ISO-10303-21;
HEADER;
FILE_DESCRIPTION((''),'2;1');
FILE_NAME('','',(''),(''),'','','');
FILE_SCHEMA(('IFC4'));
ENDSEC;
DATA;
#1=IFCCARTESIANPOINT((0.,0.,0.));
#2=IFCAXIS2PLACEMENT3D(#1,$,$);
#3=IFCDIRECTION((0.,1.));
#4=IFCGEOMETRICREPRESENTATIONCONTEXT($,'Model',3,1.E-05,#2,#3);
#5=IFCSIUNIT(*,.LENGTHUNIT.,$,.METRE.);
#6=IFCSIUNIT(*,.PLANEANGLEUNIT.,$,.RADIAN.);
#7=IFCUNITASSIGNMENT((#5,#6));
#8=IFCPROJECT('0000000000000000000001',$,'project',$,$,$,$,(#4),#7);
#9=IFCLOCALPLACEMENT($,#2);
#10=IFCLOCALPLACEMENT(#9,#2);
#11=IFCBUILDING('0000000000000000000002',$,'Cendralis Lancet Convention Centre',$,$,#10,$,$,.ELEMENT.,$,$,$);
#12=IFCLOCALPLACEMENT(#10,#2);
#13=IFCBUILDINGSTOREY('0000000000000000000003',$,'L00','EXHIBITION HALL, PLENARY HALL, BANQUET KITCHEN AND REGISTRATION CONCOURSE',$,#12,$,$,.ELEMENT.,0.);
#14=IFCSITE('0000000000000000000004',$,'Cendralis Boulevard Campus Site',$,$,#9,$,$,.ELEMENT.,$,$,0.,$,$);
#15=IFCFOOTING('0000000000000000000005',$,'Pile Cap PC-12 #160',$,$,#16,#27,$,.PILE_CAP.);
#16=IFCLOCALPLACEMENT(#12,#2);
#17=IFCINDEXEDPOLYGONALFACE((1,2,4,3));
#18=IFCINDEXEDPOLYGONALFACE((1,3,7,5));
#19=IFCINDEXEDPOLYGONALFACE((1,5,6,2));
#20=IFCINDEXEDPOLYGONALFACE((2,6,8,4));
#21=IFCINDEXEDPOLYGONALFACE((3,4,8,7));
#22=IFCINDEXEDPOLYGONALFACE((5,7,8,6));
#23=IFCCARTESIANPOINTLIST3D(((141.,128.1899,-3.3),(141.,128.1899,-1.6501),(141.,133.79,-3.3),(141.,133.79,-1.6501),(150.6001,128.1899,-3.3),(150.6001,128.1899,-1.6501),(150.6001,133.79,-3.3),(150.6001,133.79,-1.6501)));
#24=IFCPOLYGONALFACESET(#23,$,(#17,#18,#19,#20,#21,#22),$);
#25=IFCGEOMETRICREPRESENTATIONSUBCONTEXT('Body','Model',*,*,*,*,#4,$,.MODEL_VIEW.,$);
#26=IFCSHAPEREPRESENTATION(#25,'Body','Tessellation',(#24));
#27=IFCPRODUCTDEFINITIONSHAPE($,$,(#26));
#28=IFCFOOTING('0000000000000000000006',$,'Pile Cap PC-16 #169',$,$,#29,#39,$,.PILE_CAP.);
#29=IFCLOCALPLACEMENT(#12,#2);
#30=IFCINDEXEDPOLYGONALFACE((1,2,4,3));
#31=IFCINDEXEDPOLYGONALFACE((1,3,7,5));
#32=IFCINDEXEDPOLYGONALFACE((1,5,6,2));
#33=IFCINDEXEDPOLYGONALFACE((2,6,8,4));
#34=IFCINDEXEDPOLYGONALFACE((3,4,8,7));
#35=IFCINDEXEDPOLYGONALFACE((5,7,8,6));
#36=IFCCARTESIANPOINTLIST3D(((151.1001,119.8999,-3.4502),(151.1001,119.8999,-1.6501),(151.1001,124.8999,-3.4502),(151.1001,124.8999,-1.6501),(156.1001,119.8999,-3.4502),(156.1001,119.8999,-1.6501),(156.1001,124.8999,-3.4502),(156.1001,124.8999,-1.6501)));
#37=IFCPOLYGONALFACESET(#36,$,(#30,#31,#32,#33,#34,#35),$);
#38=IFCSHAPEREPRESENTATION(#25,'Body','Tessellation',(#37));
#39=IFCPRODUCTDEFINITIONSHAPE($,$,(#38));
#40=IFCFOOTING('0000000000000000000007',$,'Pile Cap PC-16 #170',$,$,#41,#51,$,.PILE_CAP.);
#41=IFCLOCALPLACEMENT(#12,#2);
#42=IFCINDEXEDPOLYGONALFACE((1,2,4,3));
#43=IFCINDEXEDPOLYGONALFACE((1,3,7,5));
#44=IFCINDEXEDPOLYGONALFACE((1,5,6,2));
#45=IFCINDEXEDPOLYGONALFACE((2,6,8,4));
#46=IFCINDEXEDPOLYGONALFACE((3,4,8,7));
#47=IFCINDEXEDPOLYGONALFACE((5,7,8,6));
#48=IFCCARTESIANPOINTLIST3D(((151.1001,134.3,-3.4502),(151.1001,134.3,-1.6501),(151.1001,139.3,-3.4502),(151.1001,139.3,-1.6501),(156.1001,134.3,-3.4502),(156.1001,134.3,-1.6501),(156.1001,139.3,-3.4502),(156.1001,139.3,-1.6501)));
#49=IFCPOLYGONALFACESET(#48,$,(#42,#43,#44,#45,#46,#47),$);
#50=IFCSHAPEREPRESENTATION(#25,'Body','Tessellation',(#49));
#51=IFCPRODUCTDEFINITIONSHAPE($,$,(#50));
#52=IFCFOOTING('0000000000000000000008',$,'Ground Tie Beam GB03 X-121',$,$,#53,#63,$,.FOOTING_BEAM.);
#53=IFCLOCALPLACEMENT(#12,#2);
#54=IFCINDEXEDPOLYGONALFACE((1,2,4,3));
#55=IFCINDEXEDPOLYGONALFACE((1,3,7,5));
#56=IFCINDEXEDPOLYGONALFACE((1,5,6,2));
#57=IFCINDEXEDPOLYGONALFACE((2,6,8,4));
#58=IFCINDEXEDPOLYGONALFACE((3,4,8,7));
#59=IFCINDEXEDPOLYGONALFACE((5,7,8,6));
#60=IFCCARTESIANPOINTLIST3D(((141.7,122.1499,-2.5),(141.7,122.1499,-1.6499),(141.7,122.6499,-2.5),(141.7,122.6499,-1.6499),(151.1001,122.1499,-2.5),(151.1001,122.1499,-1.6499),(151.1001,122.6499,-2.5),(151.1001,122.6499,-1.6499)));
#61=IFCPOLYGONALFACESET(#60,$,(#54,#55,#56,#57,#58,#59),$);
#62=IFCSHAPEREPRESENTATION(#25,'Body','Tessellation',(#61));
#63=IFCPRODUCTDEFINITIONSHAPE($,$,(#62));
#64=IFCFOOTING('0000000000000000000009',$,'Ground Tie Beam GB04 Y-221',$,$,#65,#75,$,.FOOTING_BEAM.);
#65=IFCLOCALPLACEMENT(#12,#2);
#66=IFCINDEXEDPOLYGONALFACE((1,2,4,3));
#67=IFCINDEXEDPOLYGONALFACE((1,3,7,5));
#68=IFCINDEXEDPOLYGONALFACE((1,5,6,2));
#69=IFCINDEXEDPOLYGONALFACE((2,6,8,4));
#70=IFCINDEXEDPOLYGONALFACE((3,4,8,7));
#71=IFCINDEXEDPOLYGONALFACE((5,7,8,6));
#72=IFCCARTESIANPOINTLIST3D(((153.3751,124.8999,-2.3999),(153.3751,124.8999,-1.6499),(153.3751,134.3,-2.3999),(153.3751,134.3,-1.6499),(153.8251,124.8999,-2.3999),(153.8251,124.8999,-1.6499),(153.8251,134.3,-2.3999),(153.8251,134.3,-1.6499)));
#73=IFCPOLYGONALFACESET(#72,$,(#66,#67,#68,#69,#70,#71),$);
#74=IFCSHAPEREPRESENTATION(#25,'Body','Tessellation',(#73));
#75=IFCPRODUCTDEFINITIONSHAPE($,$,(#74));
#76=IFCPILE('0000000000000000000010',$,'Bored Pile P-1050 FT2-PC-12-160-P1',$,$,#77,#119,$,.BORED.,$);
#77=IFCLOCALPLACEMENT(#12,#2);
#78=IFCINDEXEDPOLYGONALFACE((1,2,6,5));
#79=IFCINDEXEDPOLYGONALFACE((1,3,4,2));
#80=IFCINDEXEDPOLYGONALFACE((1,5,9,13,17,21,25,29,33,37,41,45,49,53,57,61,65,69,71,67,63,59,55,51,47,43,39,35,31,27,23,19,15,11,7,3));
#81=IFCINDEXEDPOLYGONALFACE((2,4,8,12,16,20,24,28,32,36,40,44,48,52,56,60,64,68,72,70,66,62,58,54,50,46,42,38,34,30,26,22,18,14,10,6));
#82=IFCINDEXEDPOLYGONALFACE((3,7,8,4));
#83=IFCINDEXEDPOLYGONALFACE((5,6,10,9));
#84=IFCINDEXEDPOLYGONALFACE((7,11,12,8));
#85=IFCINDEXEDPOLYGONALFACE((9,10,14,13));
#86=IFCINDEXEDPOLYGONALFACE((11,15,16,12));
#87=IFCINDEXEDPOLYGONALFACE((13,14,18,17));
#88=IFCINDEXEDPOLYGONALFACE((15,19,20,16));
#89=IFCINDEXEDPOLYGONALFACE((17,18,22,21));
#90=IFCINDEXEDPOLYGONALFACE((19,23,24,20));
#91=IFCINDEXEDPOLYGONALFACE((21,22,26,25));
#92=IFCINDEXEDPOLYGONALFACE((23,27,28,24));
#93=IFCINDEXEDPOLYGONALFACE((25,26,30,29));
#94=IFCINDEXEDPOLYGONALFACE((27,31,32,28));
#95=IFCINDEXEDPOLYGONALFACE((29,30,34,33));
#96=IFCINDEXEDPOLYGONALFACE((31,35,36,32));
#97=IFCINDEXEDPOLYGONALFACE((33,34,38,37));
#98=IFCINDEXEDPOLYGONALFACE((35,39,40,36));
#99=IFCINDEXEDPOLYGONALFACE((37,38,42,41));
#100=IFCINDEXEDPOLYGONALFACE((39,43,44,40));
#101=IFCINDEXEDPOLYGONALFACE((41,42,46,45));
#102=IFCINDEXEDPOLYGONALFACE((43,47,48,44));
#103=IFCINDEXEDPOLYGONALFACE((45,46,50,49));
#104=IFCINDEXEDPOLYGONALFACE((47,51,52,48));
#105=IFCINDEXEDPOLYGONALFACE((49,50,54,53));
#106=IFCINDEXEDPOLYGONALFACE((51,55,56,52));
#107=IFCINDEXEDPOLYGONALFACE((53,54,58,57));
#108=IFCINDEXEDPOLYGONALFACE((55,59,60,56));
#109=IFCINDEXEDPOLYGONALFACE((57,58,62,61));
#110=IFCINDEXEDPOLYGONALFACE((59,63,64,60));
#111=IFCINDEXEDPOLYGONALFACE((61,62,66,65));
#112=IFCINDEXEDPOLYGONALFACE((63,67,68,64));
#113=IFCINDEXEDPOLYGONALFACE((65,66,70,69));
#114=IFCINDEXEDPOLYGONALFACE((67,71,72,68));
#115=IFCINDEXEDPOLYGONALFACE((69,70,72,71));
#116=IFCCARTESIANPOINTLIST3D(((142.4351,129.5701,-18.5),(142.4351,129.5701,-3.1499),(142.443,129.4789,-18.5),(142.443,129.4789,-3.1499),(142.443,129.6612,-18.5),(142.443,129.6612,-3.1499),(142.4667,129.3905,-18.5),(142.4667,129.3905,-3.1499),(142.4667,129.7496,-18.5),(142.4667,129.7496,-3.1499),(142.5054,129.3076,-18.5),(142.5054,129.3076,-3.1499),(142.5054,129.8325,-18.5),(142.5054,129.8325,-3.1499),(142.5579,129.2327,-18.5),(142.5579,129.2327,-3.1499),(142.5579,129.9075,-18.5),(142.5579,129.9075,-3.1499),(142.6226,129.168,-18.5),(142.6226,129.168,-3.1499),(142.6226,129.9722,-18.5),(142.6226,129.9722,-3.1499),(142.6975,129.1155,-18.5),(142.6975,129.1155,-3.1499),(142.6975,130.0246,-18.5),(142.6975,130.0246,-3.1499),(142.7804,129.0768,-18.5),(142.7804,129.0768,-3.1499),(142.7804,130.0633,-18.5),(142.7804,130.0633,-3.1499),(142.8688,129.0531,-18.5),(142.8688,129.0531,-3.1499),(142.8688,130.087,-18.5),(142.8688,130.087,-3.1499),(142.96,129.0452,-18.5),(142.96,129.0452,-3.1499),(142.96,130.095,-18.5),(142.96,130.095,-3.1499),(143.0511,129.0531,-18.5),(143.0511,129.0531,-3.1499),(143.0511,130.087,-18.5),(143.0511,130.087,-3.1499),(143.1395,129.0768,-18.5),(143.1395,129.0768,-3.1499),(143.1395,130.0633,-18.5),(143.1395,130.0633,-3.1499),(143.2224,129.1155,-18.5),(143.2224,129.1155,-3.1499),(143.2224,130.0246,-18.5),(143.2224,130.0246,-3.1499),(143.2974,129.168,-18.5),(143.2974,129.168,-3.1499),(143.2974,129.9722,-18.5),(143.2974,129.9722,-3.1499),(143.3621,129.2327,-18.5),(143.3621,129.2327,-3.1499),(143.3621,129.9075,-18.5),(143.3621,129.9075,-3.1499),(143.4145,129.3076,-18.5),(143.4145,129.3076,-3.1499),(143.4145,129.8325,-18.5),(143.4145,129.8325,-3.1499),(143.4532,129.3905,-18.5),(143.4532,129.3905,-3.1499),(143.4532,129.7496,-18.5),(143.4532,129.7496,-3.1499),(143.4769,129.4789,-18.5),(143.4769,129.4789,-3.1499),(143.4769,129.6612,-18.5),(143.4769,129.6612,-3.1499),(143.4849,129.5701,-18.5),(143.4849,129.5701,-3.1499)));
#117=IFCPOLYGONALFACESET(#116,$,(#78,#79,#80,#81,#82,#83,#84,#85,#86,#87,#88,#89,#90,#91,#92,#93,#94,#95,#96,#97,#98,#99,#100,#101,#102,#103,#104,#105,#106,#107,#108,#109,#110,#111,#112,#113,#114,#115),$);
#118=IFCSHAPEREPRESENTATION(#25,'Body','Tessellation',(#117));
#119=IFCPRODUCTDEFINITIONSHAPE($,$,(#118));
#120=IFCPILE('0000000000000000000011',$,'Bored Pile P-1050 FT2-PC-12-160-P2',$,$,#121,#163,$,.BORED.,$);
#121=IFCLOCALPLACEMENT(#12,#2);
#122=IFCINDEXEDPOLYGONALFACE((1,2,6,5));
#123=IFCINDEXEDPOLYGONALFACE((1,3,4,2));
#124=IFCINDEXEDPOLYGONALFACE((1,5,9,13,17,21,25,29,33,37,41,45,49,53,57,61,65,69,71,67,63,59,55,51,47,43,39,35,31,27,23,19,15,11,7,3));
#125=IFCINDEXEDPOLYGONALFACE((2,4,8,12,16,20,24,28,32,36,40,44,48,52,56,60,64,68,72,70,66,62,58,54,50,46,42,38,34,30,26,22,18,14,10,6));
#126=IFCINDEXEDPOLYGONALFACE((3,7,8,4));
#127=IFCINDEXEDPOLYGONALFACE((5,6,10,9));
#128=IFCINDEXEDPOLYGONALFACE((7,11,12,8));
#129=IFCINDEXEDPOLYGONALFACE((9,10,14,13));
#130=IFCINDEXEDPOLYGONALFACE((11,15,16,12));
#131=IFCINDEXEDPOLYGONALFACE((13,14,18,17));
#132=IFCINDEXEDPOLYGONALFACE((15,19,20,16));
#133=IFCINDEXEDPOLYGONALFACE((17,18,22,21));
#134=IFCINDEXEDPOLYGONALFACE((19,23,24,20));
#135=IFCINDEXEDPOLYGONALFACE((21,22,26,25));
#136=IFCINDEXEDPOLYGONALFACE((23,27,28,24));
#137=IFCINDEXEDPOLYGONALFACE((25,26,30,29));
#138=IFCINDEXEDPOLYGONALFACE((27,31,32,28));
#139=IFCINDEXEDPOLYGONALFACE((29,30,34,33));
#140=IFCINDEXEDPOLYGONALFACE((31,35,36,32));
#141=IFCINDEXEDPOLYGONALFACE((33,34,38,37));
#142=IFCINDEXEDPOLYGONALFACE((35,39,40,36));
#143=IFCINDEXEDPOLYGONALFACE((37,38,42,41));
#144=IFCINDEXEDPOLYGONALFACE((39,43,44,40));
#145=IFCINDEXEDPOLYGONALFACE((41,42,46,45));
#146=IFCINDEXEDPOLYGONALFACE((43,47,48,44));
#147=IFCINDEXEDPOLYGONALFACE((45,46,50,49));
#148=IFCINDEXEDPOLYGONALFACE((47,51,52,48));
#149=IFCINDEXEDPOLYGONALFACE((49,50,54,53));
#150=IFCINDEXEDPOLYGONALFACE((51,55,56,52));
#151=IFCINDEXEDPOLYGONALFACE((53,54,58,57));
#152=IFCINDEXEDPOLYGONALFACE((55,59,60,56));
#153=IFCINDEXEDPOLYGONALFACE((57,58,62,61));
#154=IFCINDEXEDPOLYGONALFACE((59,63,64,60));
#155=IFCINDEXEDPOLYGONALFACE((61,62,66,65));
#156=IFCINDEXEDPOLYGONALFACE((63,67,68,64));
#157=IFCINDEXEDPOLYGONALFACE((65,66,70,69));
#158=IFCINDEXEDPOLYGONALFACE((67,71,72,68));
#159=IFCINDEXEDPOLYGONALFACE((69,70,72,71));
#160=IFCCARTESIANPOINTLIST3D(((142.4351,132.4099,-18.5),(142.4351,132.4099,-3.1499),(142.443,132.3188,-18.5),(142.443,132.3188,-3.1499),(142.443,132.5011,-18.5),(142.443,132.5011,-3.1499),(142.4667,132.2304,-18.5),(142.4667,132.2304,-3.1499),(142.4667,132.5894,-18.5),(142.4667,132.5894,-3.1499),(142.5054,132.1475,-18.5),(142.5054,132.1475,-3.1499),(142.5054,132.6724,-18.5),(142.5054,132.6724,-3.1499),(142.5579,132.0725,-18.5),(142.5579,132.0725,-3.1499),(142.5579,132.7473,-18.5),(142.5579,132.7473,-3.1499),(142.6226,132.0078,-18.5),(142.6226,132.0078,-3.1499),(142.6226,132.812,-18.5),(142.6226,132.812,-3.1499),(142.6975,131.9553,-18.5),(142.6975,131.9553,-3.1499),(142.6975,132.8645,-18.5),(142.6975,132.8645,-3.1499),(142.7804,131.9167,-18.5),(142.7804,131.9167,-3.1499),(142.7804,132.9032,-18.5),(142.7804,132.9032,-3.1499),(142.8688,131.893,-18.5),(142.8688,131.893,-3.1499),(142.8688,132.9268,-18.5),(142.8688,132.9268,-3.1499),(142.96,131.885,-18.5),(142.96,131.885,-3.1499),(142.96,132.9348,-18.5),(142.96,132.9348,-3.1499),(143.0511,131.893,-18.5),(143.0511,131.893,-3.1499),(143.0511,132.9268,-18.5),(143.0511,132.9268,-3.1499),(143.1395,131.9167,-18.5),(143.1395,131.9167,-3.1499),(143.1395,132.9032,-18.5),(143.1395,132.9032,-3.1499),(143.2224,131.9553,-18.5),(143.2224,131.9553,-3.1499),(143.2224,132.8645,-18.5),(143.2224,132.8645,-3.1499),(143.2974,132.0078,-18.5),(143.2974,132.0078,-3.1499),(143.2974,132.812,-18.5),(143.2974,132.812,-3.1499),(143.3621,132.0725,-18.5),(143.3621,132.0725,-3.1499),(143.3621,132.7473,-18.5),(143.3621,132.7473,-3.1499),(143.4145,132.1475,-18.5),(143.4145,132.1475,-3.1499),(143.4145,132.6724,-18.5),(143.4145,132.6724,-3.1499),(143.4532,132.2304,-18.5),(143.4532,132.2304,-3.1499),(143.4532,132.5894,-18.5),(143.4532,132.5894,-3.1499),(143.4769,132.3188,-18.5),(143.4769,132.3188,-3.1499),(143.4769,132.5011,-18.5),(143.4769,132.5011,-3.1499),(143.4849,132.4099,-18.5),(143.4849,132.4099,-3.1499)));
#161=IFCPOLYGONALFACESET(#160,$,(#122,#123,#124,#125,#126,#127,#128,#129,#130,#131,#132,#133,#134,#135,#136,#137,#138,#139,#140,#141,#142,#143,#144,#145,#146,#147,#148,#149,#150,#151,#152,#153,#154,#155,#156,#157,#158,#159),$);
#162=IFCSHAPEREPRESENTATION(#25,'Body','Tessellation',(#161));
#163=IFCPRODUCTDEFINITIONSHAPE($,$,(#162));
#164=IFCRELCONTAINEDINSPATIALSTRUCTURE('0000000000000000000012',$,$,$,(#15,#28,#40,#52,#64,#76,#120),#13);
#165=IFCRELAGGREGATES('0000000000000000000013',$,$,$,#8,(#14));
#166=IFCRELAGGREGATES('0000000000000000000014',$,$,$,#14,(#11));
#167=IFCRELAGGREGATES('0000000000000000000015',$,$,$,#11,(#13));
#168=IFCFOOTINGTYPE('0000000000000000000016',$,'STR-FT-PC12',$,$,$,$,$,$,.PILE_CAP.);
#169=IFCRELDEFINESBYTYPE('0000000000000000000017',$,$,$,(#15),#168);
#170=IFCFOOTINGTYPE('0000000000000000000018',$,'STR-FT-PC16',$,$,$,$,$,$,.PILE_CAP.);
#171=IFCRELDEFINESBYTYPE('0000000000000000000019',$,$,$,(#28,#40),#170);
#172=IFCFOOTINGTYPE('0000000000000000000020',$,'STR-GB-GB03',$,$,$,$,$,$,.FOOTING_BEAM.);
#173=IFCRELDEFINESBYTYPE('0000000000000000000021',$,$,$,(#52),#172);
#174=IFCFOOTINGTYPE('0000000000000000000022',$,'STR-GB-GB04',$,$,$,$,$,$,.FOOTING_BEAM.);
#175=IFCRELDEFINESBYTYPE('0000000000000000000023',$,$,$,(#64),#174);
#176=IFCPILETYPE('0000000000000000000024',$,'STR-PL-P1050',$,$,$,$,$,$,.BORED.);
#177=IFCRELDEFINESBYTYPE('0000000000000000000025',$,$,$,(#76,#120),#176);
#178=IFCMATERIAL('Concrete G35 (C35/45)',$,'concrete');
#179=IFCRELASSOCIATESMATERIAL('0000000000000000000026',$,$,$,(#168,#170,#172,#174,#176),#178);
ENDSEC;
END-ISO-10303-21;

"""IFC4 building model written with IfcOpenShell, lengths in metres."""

from ifc_helpers import new_model, si_unit, direction, frame, origin, origin_2d, place, context, subcontext, project, spatial, rectangle, circle, extrude, material, material_profile, profile_set, type_object, element, save


model = new_model("IFC4")

# Units and contexts
model_context = context("Model", 3, precision=1e-05, world=origin(), true_north=direction((0.0, 1.0)))
body_context = subcontext(model_context, "Body", "Model", "MODEL_VIEW")
ifc_project = project(units=[si_unit("LENGTHUNIT", "METRE"), si_unit("PLANEANGLEUNIT", "RADIAN")], contexts=[model_context])

# Site, building, storey
site_placement = place(None, origin())
site = spatial("IfcSite", under=ifc_project, at=site_placement, Name="Cendralis Boulevard Campus Site", CompositionType="ELEMENT", RefElevation=0.0)
building_placement = place(site_placement, origin())
building = spatial("IfcBuilding", under=site, at=building_placement, Name="Cendralis Lancet Convention Centre", CompositionType="ELEMENT")
storey_placement = place(building_placement, origin())
storey = spatial("IfcBuildingStorey", under=building, at=storey_placement, Name="L00", Description="EXHIBITION HALL, PLENARY HALL, BANQUET KITCHEN AND REGISTRATION CONCOURSE", CompositionType="ELEMENT", Elevation=0.0)

# Footings
ifc_material_1 = material(Name="Concrete G35 (C35/45)", Category="concrete")
footing_type_1 = type_object("IfcFootingType", Name="STR-FT-PC12", PredefinedType="PILE_CAP", material=ifc_material_1)
footing_1_placement = place(storey_placement, frame((145.8, 130.99, -3.3), z_axis=(0.0, 0.0, 1.0), x_axis=(1.0, 0.0, 0.0)))
element("IfcFooting", 1, at=footing_1_placement, inside=storey, type_object=footing_type_1, Name="Pile Cap PC-12 #160", PredefinedType="PILE_CAP", context=body_context, shape_type="SweptSolid", body=[
    extrude(rectangle(XDim=9.6001, YDim=5.6001, at=origin_2d()), origin(), (0.0, 0.0, 1.0), 1.6499),
])
footing_type_2 = type_object("IfcFootingType", Name="STR-FT-PC16", PredefinedType="PILE_CAP", material=ifc_material_1)
for number, where, z_axis, x_axis, name in (
    (2, (153.6001, 122.3999, -3.4502), (0.0, 0.0, 1.0), (1.0, 0.0, 0.0), "Pile Cap PC-16 #169"),
    (3, (153.6001, 136.8, -3.4502), (0.0, 0.0, 1.0), (1.0, 0.0, 0.0), "Pile Cap PC-16 #170"),
):
    element("IfcFooting", number, at=place(storey_placement, frame(where, z_axis=z_axis, x_axis=x_axis)), inside=storey, type_object=footing_type_2, Name=name, PredefinedType="PILE_CAP", context=body_context, shape_type="SweptSolid", body=[
        extrude(rectangle(XDim=5.0, YDim=5.0, at=origin_2d()), origin(), (0.0, 0.0, 1.0), 1.8),
    ])
ifc_material_profile_1 = material_profile(ifc_material_1, rectangle(XDim=0.5, YDim=0.8501, at=origin_2d()), Name="RCB 500x850")
ifc_profile_set_1 = profile_set([ifc_material_profile_1], Name="Concrete G35 (C35/45)")
footing_type_3 = type_object("IfcFootingType", Name="STR-GB-GB03", PredefinedType="FOOTING_BEAM", material=ifc_profile_set_1)
footing_2_placement = place(storey_placement, frame((141.7, 122.3999, -2.075), z_axis=(1.0, 0.0, 0.0), x_axis=(0.0, 1.0, 0.0)))
element("IfcFooting", 4, at=footing_2_placement, inside=storey, type_object=footing_type_3, Name="Ground Tie Beam GB03 X-121", PredefinedType="FOOTING_BEAM", context=body_context, shape_type="SweptSolid", body=[
    extrude(rectangle(XDim=0.5, YDim=0.8501, at=origin_2d()), origin(), (0.0, 0.0, 1.0), 9.4001),
])
ifc_material_profile_2 = material_profile(ifc_material_1, rectangle(XDim=0.45, YDim=0.75, at=origin_2d()), Name="RCB 450x750")
ifc_profile_set_2 = profile_set([ifc_material_profile_2], Name="Concrete G35 (C35/45)")
footing_type_4 = type_object("IfcFootingType", Name="STR-GB-GB04", PredefinedType="FOOTING_BEAM", material=ifc_profile_set_2)
footing_3_placement = place(storey_placement, frame((153.6001, 124.8999, -2.0249), z_axis=(0.0, 1.0, 0.0), x_axis=(-1.0, 0.0, 0.0)))
element("IfcFooting", 5, at=footing_3_placement, inside=storey, type_object=footing_type_4, Name="Ground Tie Beam GB04 Y-221", PredefinedType="FOOTING_BEAM", context=body_context, shape_type="SweptSolid", body=[
    extrude(rectangle(XDim=0.45, YDim=0.75, at=origin_2d()), origin(), (0.0, 0.0, 1.0), 9.4001),
])

# Piles
ifc_material_profile_3 = material_profile(ifc_material_1, circle(Radius=0.5249, at=origin_2d()), Name="BORED PILE D1050")
ifc_profile_set_3 = profile_set([ifc_material_profile_3], Name="Concrete G35 (C35/45)")
pile_type_1 = type_object("IfcPileType", Name="STR-PL-P1050", PredefinedType="BORED", material=ifc_profile_set_3)
for number, where, z_axis, x_axis, name in (
    (6, (142.96, 129.5701, -3.1499), (0.0, 0.0, -1.0), (1.0, 0.0, 0.0), "Bored Pile P-1050 FT2-PC-12-160-P1"),
    (7, (142.96, 132.4099, -3.1499), (0.0, 0.0, -1.0), (1.0, 0.0, 0.0), "Bored Pile P-1050 FT2-PC-12-160-P2"),
):
    element("IfcPile", number, at=place(storey_placement, frame(where, z_axis=z_axis, x_axis=x_axis)), inside=storey, type_object=pile_type_1, Name=name, PredefinedType="BORED", context=body_context, shape_type="SweptSolid", body=[
        extrude(circle(Radius=0.5249, at=origin_2d()), origin(), (0.0, 0.0, 1.0), 15.3501),
    ])

save(model, "model.ifc")
